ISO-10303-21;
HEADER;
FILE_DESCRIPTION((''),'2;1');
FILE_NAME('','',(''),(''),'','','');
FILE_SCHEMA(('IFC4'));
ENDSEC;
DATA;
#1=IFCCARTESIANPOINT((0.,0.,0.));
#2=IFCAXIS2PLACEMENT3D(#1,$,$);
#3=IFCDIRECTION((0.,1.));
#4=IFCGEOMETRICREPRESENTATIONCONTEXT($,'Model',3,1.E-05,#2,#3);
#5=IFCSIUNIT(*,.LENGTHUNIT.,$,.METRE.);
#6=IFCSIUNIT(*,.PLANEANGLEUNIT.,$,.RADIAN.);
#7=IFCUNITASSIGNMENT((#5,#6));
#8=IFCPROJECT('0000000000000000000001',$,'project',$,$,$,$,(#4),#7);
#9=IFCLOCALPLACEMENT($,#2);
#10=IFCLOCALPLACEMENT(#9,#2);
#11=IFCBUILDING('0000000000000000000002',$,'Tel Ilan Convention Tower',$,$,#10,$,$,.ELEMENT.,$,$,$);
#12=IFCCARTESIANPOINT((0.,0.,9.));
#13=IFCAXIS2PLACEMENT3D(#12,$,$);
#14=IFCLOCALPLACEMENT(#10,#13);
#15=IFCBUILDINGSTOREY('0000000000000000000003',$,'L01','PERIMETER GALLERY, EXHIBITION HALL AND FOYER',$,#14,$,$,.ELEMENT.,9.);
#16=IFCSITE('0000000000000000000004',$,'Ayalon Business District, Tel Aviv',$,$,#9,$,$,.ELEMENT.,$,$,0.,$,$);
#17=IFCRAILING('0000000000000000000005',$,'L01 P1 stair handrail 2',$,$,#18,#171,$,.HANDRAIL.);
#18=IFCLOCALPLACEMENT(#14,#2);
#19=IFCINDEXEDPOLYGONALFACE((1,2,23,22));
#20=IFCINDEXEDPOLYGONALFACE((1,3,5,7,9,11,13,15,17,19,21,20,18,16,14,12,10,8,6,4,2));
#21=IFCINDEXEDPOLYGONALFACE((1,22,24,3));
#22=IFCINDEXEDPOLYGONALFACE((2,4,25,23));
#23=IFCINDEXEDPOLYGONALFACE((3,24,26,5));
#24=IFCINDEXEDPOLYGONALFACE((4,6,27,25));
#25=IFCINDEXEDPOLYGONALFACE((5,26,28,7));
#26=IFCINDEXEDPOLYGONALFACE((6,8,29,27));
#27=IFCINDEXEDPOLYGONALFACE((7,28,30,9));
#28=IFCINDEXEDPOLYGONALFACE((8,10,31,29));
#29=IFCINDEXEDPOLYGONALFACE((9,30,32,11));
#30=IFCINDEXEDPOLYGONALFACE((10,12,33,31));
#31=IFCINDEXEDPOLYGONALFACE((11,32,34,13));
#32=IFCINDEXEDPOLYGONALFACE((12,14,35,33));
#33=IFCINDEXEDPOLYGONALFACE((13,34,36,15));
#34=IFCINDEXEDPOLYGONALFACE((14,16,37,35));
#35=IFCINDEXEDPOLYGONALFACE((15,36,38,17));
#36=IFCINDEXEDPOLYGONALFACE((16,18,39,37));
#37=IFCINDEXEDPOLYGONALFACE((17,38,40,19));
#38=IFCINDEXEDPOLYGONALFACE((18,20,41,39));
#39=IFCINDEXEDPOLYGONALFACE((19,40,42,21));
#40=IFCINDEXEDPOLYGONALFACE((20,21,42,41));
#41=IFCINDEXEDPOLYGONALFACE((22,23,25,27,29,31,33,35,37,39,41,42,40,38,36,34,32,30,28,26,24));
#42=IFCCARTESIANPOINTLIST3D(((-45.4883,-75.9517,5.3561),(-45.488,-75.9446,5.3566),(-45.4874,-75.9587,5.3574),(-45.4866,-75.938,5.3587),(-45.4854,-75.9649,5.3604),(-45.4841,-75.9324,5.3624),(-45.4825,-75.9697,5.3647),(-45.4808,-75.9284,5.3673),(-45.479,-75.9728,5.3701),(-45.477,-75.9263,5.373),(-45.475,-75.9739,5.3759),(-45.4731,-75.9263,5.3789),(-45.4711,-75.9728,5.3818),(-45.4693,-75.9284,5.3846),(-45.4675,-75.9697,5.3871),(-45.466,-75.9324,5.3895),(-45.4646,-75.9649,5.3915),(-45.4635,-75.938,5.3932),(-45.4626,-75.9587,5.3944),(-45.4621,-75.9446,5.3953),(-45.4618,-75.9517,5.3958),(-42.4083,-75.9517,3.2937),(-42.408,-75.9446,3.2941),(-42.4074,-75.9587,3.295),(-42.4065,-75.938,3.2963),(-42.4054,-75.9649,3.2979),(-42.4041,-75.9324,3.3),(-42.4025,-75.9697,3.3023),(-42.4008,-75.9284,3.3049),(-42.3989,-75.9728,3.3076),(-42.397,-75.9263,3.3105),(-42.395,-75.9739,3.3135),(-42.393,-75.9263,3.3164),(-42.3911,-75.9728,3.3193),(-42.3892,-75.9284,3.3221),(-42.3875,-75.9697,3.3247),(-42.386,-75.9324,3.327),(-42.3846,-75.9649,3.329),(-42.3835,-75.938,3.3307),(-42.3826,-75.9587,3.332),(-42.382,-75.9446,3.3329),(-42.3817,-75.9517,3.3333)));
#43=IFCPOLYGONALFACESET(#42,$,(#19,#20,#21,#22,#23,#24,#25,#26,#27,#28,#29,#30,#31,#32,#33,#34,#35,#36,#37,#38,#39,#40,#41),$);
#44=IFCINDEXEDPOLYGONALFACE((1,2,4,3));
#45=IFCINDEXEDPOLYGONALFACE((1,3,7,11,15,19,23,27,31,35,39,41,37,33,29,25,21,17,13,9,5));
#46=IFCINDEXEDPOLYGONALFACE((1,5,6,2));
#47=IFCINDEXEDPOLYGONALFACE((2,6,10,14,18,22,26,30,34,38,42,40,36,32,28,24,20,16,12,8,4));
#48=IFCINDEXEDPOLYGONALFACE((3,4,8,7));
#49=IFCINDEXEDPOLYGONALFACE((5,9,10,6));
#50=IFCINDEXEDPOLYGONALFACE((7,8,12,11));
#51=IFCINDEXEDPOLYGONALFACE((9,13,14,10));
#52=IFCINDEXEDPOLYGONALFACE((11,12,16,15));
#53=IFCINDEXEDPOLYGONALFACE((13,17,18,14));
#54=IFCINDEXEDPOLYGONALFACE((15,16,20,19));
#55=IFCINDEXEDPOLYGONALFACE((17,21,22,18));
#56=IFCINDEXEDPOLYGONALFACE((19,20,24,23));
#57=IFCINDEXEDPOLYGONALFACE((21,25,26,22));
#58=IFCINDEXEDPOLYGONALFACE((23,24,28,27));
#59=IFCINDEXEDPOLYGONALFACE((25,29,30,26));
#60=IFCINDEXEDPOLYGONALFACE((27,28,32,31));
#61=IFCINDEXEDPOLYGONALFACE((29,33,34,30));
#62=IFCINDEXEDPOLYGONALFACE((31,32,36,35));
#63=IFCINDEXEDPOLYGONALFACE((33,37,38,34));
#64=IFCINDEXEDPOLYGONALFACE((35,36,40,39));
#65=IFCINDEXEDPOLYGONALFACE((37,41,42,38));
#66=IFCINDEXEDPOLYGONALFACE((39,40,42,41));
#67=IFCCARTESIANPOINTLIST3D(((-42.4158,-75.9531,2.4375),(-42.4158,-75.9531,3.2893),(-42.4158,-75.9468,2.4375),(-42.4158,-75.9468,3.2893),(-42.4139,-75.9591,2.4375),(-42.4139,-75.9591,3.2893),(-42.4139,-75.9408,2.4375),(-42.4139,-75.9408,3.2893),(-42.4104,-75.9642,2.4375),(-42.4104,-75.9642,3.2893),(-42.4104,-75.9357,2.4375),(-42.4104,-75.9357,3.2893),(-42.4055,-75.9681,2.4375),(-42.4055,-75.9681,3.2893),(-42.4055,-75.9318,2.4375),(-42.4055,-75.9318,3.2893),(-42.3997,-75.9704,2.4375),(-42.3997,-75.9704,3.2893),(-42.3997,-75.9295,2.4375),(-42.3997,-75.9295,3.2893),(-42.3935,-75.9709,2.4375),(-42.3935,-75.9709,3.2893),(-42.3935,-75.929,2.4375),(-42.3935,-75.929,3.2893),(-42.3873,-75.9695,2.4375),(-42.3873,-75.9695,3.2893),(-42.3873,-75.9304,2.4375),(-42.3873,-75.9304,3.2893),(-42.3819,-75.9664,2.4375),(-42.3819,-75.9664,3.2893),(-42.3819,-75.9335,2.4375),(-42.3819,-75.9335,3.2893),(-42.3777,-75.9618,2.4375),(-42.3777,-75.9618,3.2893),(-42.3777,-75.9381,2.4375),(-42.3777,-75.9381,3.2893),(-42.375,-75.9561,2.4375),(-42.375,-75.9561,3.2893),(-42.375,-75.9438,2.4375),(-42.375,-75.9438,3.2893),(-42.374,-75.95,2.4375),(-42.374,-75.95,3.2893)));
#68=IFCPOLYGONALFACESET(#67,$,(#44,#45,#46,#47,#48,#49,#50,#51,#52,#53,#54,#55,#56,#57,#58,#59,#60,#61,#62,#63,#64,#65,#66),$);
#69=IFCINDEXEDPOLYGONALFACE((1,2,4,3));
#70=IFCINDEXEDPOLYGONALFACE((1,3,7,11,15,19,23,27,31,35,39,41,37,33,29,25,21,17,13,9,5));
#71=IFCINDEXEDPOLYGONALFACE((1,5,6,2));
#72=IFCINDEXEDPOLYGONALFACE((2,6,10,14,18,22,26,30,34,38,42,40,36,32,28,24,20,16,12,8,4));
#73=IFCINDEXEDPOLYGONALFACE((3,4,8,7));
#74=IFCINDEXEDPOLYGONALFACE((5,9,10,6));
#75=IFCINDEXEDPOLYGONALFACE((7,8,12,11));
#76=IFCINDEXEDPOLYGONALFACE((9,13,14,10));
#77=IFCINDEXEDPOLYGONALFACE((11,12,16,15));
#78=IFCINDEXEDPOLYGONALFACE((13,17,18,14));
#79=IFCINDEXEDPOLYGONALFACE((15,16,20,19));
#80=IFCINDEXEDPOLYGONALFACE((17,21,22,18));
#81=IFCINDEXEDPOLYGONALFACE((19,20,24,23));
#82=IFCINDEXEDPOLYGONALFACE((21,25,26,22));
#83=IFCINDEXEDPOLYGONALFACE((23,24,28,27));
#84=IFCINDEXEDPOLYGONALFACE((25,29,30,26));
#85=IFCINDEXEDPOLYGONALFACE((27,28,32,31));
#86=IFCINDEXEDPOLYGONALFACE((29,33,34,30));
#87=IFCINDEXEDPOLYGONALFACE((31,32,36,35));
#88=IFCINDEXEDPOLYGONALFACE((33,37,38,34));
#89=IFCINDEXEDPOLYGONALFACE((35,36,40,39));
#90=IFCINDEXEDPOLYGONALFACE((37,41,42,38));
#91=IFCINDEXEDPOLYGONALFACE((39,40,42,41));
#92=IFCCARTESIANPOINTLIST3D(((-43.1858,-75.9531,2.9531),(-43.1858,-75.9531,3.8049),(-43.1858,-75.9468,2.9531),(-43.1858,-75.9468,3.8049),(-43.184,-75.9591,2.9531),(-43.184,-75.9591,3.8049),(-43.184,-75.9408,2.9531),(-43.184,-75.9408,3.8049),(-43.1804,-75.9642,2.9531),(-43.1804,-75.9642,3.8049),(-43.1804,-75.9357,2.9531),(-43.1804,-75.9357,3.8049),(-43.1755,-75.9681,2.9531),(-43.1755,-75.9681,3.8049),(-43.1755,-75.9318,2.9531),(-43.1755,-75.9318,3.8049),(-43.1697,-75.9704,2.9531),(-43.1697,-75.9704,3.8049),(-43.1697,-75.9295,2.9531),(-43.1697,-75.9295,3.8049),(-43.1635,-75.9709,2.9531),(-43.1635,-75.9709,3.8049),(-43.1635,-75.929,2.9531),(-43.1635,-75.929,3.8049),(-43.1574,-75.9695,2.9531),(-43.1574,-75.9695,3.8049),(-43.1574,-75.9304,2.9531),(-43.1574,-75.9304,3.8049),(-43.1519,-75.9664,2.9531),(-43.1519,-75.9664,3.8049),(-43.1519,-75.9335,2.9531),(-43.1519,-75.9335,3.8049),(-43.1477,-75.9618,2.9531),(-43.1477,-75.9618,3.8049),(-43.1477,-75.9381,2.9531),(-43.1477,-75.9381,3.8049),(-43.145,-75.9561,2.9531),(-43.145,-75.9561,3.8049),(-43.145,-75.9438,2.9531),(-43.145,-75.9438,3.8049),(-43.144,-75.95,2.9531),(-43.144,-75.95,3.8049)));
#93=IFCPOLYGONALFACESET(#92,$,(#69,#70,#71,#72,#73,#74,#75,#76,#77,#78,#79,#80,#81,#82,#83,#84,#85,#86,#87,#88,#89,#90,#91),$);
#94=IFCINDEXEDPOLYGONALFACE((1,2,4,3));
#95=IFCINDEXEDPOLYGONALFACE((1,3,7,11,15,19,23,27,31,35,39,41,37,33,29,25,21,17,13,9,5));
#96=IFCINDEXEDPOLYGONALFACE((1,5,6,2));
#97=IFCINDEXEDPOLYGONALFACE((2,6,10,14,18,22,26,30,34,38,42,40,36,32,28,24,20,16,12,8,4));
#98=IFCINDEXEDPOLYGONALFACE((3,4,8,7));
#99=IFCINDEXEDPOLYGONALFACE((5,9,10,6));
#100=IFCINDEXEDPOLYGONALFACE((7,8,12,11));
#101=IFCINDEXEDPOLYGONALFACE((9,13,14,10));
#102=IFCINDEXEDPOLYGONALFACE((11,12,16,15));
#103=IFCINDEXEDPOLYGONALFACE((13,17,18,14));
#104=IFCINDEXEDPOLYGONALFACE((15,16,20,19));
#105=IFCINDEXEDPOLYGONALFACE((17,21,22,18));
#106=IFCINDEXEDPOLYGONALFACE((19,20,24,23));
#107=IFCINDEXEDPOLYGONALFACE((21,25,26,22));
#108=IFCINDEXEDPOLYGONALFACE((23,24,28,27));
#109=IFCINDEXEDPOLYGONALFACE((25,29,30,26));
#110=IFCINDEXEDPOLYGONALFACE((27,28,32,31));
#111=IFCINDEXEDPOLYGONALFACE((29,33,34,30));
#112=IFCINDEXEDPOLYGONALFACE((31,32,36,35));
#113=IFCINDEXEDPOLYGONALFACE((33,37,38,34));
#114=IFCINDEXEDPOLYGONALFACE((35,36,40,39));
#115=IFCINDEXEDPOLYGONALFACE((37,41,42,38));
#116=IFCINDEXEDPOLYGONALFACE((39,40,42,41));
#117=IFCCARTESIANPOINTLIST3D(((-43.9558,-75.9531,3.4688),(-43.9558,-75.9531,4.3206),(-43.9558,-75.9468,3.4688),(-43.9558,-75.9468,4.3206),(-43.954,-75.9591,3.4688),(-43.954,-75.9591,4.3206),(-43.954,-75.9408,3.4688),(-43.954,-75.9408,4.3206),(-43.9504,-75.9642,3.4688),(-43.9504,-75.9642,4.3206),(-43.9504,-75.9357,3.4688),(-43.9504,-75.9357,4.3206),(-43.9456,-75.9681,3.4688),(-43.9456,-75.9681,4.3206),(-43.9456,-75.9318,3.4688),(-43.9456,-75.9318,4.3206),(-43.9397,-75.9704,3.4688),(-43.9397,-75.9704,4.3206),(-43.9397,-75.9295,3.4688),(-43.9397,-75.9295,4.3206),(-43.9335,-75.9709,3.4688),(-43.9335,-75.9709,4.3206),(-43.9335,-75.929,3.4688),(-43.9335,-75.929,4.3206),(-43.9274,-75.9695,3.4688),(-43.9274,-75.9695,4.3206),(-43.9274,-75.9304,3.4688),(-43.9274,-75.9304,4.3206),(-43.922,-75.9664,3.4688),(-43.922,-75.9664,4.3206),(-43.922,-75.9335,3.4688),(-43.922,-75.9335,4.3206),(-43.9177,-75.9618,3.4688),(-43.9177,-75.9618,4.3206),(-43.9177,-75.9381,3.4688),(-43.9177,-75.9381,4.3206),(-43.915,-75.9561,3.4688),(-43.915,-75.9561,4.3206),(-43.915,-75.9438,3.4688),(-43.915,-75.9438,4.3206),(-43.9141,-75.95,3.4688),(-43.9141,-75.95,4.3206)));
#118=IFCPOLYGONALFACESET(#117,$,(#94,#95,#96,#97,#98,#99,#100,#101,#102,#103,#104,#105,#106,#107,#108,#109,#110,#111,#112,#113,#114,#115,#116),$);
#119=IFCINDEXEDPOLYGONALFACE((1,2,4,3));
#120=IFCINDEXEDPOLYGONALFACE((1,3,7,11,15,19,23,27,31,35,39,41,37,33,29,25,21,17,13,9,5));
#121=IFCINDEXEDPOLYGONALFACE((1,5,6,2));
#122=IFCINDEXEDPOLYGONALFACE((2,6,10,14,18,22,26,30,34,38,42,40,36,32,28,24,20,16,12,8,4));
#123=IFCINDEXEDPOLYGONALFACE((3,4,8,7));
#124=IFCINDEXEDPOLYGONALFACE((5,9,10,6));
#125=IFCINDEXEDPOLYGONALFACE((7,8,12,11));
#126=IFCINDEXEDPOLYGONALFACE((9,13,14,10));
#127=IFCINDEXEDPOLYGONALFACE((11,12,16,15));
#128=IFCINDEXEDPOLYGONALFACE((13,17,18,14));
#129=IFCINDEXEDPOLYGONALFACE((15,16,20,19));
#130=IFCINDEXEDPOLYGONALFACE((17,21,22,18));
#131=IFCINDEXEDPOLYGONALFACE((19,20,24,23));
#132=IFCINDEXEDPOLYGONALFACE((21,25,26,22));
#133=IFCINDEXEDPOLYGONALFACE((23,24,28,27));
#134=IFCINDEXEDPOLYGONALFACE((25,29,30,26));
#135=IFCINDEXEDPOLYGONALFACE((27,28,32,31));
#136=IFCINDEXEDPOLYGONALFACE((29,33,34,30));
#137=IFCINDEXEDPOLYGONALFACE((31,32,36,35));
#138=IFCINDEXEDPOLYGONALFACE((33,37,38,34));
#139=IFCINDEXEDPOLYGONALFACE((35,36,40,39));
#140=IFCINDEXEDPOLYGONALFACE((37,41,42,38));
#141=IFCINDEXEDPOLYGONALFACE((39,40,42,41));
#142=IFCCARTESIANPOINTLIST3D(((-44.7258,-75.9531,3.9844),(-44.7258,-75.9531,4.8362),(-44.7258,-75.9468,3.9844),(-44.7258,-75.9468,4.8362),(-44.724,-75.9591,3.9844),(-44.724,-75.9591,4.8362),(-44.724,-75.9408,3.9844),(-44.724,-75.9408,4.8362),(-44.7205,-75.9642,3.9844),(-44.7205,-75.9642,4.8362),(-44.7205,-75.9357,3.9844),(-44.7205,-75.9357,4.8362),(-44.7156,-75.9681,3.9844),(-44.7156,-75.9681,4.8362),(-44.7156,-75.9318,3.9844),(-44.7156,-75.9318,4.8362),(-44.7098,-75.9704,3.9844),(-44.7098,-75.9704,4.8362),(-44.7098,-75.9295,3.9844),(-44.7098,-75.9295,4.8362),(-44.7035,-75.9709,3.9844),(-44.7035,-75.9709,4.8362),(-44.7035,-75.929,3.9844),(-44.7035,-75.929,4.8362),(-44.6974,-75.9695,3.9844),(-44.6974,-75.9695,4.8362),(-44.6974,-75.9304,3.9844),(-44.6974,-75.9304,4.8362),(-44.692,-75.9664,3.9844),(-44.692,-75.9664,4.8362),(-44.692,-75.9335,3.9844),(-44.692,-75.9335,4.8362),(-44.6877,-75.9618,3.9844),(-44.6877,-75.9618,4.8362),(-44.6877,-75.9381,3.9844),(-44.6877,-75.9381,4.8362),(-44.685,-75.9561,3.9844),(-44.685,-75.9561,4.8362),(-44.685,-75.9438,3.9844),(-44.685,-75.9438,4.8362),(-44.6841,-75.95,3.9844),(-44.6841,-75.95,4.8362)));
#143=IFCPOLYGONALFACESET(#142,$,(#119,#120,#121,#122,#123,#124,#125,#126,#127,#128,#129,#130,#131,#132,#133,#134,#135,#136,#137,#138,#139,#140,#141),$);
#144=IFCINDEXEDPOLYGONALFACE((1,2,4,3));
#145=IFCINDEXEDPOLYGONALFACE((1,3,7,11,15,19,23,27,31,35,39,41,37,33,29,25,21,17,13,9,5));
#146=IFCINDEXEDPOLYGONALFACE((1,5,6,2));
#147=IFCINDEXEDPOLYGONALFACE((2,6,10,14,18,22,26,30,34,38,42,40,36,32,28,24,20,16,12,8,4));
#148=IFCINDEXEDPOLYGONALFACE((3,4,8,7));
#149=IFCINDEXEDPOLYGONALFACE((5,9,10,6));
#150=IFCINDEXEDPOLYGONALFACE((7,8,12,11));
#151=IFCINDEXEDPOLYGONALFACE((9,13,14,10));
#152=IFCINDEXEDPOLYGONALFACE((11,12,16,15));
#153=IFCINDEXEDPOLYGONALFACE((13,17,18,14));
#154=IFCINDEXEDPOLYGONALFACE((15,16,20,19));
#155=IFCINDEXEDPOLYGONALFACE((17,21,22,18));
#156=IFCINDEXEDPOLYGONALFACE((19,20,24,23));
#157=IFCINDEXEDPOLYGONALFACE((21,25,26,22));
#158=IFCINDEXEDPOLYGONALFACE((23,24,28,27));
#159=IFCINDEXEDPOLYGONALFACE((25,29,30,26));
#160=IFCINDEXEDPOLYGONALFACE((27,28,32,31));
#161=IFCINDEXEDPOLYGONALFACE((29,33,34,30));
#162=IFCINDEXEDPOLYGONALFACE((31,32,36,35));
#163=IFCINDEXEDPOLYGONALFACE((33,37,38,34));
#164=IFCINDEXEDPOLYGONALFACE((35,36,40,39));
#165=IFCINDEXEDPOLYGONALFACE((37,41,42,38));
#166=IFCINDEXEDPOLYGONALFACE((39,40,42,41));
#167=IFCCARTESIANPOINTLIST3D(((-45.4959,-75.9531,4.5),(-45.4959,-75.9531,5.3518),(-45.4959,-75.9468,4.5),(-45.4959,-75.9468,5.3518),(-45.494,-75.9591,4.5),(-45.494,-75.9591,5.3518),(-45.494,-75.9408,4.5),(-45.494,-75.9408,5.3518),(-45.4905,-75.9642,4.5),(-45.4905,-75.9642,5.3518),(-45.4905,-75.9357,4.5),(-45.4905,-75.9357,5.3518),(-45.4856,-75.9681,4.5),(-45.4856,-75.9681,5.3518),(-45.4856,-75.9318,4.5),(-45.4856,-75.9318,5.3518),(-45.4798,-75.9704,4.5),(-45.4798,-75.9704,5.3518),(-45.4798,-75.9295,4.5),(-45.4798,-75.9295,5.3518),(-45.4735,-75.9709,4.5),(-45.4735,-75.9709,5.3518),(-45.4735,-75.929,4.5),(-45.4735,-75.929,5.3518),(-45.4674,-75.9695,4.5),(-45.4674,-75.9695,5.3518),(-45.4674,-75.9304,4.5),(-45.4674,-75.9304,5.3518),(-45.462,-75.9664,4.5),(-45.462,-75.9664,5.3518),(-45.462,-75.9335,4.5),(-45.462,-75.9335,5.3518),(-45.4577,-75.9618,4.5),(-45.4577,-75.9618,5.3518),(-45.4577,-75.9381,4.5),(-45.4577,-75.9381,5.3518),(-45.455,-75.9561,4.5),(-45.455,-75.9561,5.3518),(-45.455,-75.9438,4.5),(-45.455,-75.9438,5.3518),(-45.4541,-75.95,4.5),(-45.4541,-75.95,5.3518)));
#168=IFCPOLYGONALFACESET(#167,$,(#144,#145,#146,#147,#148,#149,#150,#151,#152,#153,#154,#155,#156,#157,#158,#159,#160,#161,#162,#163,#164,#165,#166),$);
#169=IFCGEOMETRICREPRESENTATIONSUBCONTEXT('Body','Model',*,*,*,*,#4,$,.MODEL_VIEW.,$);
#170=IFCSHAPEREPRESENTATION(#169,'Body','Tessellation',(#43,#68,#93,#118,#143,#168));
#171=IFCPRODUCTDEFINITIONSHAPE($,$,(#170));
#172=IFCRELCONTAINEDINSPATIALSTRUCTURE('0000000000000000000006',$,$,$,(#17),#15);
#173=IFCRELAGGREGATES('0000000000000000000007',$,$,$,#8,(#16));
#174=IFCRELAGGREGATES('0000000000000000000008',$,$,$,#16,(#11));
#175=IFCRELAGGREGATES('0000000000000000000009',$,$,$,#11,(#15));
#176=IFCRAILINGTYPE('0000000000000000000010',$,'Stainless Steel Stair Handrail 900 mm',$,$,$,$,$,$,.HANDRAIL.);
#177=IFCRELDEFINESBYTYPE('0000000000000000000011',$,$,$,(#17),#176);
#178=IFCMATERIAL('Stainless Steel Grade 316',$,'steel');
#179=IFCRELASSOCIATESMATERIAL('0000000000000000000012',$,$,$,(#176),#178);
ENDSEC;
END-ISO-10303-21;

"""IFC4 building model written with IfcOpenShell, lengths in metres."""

from ifc_helpers import new_model, si_unit, direction, frame, origin, origin_2d, place, context, subcontext, project, spatial, circle, extrude, material, type_object, element, save


model = new_model("IFC4")

# Units and contexts
model_context = context("Model", 3, precision=1e-05, world=origin(), true_north=direction((0.0, 1.0)))
body_context = subcontext(model_context, "Body", "Model", "MODEL_VIEW")
ifc_project = project(units=[si_unit("LENGTHUNIT", "METRE"), si_unit("PLANEANGLEUNIT", "RADIAN")], contexts=[model_context])

# Site, building, storey
site_placement = place(None, origin())
site = spatial("IfcSite", under=ifc_project, at=site_placement, Name="Ayalon Business District, Tel Aviv", CompositionType="ELEMENT", RefElevation=0.0)
building_placement = place(site_placement, origin())
building = spatial("IfcBuilding", under=site, at=building_placement, Name="Tel Ilan Convention Tower", CompositionType="ELEMENT")
storey_placement = place(building_placement, frame((0.0, 0.0, 9.0)))
storey = spatial("IfcBuildingStorey", under=building, at=storey_placement, Name="L01", Description="PERIMETER GALLERY, EXHIBITION HALL AND FOYER", CompositionType="ELEMENT", Elevation=9.0)

# Railing
ifc_material_1 = material(Name="Stainless Steel Grade 316", Category="steel")
railing_type_1 = type_object("IfcRailingType", Name="Stainless Steel Stair Handrail 900 mm", PredefinedType="HANDRAIL", material=ifc_material_1)
for number, where, name in (
    (1, (-42.395, -75.95, 2.4375), "L01 P1 stair handrail 2"),
):
    element("IfcRailing", number, at=place(storey_placement, frame(where)), inside=storey, type_object=railing_type_1, Name=name, PredefinedType="HANDRAIL", context=body_context, shape_type="SweptSolid", body=[
        extrude(circle(Radius=0.0239, at=origin_2d()), frame((0.0, 0.0, 0.876), z_axis=(-0.830914, 0.0, 0.556401), x_axis=(0.0, -1.0, 0.0)), (0.0, 0.0, 1.0), 3.7068),
        extrude(circle(Radius=0.021, at=origin_2d()), origin(), (0.0, 0.0, 1.0), 0.8518),
        extrude(circle(Radius=0.021, at=origin_2d()), frame((-0.77, 0.0, 0.5156)), (0.0, 0.0, 1.0), 0.8518),
        extrude(circle(Radius=0.021, at=origin_2d()), frame((-1.54, 0.0, 1.0312)), (0.0, 0.0, 1.0), 0.8518),
        extrude(circle(Radius=0.021, at=origin_2d()), frame((-2.3101, 0.0, 1.5469)), (0.0, 0.0, 1.0), 0.8518),
        extrude(circle(Radius=0.021, at=origin_2d()), frame((-3.0801, 0.0, 2.0625)), (0.0, 0.0, 1.0), 0.8518),
    ])

save(model, "model.ifc")
